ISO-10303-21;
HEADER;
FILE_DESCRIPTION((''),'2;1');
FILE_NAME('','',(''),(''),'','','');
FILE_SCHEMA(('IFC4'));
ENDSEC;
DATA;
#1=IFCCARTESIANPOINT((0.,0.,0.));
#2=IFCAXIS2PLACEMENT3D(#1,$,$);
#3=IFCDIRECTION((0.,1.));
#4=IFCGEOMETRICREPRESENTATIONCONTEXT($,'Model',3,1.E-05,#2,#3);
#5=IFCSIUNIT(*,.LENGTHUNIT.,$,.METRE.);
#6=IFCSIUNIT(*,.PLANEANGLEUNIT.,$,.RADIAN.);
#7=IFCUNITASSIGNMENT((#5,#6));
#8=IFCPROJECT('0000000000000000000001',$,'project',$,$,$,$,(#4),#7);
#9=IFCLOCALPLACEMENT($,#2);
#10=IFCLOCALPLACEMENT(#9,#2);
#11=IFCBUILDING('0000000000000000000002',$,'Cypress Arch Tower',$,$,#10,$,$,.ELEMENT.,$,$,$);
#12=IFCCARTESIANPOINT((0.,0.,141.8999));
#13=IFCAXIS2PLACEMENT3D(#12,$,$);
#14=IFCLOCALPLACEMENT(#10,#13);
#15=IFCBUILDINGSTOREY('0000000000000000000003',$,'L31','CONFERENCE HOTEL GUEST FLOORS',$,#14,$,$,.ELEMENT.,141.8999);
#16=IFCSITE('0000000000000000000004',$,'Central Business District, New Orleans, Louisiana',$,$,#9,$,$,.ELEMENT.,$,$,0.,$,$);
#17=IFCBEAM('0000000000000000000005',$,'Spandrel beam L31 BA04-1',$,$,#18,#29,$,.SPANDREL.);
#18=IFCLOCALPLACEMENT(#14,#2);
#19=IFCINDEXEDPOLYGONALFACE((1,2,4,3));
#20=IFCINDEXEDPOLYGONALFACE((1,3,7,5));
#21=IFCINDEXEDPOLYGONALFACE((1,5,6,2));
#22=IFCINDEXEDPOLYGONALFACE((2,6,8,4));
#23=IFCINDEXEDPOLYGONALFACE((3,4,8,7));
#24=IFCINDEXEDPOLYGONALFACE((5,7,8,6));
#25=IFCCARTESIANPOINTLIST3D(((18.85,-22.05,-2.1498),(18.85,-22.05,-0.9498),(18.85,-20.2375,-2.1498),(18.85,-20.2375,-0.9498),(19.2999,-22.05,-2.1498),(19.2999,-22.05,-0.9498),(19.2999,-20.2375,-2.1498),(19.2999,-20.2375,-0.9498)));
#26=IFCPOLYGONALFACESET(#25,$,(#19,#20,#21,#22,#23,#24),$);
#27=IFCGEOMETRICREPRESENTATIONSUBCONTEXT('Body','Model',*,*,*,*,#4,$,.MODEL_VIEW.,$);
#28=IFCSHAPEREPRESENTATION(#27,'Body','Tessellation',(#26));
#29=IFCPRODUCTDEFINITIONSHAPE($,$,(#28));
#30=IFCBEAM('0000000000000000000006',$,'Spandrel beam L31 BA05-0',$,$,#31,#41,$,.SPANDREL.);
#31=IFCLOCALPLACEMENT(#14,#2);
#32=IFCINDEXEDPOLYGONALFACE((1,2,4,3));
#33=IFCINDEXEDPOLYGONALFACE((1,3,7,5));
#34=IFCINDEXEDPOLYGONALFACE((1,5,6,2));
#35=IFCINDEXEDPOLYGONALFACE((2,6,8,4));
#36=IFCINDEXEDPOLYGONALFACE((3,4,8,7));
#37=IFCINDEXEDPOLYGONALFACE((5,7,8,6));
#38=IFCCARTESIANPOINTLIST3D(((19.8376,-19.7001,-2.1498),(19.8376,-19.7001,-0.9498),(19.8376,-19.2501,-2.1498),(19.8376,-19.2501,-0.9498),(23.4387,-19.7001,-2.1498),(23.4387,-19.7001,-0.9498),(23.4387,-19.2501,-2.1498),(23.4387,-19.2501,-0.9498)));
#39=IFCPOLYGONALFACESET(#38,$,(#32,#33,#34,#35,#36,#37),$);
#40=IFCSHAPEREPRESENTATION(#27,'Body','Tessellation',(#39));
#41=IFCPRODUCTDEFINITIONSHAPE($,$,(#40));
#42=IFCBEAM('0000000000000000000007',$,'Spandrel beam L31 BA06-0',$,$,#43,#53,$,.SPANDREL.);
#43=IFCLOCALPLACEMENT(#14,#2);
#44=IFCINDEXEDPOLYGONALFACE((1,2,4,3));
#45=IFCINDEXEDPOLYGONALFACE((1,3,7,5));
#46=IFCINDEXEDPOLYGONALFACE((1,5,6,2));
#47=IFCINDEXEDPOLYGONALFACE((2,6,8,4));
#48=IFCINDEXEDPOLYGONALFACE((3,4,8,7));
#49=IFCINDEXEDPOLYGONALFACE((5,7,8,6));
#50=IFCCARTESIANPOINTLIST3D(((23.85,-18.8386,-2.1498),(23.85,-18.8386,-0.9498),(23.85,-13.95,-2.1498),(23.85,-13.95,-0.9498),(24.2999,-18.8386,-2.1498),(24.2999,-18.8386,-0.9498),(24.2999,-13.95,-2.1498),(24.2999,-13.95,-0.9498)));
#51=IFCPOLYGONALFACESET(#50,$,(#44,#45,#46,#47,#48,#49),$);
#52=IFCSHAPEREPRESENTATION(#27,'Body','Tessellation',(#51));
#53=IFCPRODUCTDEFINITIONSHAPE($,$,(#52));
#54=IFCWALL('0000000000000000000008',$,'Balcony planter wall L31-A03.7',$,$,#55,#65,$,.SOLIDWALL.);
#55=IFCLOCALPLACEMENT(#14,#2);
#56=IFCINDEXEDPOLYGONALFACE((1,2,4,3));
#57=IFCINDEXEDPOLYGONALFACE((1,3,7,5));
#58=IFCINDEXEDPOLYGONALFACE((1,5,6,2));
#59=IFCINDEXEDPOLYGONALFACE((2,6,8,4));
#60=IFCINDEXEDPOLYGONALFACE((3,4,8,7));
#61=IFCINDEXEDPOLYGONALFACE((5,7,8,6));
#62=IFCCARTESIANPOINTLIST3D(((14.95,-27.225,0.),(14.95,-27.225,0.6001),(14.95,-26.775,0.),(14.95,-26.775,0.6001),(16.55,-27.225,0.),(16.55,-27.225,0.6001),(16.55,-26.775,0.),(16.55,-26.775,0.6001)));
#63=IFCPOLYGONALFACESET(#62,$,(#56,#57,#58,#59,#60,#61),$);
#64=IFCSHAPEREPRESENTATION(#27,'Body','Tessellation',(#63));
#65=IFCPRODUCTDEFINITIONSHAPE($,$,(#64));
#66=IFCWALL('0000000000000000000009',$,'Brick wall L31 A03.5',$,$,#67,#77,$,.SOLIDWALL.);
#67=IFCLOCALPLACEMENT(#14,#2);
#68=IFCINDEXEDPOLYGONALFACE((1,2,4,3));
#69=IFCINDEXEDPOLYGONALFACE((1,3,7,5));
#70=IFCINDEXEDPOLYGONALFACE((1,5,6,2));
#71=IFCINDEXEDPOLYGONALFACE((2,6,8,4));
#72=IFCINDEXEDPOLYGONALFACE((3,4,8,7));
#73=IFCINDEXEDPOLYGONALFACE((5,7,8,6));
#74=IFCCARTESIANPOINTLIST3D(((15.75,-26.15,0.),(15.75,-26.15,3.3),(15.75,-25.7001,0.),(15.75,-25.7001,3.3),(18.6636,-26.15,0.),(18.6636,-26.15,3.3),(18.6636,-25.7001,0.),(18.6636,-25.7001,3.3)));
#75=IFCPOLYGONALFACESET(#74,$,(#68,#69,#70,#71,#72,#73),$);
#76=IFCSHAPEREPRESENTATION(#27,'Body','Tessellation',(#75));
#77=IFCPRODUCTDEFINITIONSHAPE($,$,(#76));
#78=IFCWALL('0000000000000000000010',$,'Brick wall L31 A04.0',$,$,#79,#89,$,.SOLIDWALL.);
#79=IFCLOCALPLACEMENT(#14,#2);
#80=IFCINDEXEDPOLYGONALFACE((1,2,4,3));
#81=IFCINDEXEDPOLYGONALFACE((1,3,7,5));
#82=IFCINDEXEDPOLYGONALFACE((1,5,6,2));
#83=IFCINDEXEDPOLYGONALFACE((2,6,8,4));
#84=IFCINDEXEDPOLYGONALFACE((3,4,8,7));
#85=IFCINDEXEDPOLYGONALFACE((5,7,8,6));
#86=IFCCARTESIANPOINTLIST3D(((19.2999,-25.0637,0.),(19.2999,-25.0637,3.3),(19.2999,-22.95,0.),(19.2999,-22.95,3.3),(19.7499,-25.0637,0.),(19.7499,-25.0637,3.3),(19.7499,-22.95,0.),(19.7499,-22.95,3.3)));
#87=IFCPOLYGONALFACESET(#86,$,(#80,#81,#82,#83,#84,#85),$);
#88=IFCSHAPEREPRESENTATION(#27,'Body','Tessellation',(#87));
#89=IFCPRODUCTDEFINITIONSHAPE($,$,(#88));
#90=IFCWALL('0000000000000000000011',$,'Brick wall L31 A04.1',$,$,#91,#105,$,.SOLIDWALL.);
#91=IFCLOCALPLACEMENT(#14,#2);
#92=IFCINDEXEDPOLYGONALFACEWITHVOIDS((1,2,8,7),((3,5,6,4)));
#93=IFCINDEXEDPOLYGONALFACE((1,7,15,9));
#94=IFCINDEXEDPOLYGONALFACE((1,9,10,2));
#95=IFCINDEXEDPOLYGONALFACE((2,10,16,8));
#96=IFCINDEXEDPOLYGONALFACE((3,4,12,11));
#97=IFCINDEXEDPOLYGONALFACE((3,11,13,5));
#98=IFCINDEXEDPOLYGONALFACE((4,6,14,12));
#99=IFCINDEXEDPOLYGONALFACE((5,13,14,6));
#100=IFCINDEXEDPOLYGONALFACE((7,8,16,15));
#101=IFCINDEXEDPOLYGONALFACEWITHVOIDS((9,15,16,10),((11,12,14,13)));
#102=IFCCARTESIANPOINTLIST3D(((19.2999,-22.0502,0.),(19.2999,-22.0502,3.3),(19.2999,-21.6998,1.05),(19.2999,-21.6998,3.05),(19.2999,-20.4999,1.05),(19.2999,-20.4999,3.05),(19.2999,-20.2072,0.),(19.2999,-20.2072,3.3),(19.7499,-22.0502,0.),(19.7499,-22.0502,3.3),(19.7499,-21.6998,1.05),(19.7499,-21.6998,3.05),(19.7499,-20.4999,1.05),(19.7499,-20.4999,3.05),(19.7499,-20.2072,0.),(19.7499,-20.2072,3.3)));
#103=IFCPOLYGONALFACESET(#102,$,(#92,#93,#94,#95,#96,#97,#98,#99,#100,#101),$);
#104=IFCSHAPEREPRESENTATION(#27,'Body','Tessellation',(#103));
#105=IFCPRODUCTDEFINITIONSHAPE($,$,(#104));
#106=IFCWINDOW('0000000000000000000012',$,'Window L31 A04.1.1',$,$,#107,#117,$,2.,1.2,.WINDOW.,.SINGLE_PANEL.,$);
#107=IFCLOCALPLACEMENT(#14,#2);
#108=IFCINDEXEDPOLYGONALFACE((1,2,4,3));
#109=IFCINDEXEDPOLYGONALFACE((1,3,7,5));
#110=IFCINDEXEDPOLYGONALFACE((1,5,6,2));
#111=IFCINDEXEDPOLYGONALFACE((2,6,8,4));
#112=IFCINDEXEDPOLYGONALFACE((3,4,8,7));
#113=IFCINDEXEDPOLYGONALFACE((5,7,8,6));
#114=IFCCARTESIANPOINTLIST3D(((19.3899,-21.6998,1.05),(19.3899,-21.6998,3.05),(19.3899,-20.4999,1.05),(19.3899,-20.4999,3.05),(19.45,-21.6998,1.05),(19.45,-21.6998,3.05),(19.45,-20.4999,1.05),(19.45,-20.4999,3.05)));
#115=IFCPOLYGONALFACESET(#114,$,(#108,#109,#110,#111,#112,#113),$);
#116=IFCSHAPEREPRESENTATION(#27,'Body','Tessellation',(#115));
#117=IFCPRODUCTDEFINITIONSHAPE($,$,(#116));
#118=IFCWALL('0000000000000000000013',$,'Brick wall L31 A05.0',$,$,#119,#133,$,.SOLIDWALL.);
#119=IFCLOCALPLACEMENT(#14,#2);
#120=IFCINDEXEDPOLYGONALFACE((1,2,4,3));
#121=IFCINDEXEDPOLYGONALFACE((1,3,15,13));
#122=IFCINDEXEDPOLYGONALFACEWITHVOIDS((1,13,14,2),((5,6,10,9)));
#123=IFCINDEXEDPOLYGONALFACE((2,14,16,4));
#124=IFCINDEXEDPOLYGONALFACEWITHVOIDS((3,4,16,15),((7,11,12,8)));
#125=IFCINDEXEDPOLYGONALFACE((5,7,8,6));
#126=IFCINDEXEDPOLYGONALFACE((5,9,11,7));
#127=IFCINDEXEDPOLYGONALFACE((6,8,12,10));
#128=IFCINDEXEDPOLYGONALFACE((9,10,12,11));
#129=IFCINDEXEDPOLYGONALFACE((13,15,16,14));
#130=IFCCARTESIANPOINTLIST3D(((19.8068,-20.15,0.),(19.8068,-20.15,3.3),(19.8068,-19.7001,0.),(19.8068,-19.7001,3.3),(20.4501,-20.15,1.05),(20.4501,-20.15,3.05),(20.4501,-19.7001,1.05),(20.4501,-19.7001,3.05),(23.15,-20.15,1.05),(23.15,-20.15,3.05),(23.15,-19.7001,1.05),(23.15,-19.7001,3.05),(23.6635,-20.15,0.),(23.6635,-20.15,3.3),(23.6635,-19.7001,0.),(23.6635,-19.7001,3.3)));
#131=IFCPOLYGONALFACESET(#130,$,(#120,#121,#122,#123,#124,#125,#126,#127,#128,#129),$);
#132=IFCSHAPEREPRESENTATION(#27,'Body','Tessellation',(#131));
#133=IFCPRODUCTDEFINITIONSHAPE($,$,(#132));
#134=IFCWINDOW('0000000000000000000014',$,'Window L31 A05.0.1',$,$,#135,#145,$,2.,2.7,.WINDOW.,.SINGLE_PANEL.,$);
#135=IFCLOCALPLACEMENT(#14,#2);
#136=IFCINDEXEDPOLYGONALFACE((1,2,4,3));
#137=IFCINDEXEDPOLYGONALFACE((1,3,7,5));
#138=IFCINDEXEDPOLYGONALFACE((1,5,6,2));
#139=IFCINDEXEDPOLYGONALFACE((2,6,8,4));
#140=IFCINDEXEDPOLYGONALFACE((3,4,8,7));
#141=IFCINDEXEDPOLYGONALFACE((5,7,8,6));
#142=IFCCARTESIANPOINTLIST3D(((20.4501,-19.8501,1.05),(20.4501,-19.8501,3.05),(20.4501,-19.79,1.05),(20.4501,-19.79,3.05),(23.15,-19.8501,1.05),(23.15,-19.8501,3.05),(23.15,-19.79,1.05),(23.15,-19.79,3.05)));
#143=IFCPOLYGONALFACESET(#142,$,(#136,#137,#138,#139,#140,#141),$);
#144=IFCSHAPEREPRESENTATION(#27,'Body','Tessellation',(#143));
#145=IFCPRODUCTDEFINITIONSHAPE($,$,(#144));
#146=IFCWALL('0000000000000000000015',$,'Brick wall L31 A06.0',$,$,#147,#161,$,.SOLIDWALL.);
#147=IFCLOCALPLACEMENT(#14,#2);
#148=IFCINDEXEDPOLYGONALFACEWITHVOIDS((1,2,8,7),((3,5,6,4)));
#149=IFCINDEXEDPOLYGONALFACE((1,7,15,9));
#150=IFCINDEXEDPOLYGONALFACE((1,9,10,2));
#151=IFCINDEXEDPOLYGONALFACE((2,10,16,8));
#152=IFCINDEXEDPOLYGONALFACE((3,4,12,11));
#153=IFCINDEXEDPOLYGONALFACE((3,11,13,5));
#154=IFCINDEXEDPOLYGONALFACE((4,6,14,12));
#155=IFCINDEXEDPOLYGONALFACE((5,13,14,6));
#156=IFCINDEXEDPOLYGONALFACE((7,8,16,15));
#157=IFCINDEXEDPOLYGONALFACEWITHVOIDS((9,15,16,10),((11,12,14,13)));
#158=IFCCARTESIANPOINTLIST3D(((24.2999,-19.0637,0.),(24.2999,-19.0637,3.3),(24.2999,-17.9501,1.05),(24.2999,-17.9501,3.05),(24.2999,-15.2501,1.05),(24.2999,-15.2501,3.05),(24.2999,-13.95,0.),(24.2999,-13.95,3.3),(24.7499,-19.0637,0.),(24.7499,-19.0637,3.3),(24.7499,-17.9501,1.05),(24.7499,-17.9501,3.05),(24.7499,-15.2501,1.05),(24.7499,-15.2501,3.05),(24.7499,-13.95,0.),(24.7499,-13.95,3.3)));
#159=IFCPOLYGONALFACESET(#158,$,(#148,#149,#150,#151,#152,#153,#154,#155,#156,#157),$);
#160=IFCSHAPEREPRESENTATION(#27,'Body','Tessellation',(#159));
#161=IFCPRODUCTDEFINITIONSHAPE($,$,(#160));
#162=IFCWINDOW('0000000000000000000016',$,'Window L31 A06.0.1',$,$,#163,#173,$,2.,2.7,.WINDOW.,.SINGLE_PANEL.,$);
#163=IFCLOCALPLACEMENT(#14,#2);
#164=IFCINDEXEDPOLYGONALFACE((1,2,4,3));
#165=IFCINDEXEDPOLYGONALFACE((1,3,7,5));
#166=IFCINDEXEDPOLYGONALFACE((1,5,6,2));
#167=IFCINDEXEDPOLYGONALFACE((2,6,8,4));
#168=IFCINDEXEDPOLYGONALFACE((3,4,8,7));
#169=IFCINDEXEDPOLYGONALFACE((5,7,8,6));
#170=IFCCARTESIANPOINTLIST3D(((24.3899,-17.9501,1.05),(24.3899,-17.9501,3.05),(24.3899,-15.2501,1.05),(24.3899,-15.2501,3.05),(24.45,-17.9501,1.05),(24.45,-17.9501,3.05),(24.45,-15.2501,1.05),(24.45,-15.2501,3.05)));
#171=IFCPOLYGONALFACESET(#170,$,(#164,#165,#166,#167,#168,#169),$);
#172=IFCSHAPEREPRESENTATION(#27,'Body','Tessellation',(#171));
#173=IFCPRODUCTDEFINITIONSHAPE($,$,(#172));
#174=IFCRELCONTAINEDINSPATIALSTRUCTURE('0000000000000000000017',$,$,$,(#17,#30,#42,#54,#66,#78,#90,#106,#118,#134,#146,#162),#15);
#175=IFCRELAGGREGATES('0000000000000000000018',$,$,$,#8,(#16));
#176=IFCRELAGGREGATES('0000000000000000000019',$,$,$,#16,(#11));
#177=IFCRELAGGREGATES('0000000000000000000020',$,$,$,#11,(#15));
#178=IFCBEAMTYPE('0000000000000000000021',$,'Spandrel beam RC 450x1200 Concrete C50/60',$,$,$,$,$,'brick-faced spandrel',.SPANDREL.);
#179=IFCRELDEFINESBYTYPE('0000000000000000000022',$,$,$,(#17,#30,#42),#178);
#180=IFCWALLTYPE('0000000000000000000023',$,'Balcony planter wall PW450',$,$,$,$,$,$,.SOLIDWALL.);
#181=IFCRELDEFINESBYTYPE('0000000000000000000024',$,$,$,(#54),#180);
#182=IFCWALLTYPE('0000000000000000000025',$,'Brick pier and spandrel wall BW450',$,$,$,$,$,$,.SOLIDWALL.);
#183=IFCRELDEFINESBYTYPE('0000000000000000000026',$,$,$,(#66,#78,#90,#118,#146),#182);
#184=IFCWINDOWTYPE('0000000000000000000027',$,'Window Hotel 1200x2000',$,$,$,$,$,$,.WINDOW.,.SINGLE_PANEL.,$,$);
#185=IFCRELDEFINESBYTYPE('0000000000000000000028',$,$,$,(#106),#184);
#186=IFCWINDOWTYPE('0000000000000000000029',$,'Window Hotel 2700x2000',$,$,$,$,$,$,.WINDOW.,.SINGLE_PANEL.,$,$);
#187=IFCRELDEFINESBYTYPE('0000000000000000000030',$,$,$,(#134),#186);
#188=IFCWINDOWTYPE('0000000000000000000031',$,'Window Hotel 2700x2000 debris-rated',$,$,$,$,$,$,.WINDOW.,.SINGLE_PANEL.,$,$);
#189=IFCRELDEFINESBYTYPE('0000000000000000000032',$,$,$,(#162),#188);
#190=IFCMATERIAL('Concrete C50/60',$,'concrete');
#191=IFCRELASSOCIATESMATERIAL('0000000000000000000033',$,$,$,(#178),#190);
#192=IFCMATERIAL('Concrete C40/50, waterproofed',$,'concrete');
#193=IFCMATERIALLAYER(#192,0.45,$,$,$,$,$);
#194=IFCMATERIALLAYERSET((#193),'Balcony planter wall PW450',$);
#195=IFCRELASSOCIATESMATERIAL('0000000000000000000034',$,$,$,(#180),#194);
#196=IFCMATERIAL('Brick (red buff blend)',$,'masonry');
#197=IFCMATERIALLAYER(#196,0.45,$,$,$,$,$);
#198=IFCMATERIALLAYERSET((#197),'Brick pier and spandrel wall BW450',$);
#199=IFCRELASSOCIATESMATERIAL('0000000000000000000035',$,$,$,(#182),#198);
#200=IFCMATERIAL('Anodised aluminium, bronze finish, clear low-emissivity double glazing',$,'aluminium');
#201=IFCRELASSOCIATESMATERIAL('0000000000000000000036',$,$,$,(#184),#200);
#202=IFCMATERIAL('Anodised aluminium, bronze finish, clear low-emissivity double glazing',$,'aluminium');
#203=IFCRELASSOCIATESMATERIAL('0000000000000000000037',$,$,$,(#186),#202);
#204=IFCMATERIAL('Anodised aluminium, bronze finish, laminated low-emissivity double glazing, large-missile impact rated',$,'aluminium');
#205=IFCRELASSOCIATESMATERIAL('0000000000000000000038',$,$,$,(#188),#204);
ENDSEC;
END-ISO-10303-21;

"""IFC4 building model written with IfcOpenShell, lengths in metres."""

from ifc_helpers import new_model, si_unit, direction, frame, frame_2d, origin, origin_2d, place, context, subcontext, project, spatial, rectangle, extrude, material, layer, layer_set, material_profile, profile_set, type_object, element, fill, save


model = new_model("IFC4")

# Units and contexts
model_context = context("Model", 3, precision=1e-05, world=origin(), true_north=direction((0.0, 1.0)))
body_context = subcontext(model_context, "Body", "Model", "MODEL_VIEW")
ifc_project = project(units=[si_unit("LENGTHUNIT", "METRE"), si_unit("PLANEANGLEUNIT", "RADIAN")], contexts=[model_context])

# Site, building, storey
site_placement = place(None, origin())
site = spatial("IfcSite", under=ifc_project, at=site_placement, Name="Central Business District, New Orleans, Louisiana", CompositionType="ELEMENT", RefElevation=0.0)
building_placement = place(site_placement, origin())
building = spatial("IfcBuilding", under=site, at=building_placement, Name="Cypress Arch Tower", CompositionType="ELEMENT")
storey_placement = place(building_placement, frame((0.0, 0.0, 141.8999)))
storey = spatial("IfcBuildingStorey", under=building, at=storey_placement, Name="L31", Description="CONFERENCE HOTEL GUEST FLOORS", CompositionType="ELEMENT", Elevation=141.8999)

# Beams
ifc_material_1 = material(Name="Concrete C50/60", Category="concrete")
ifc_material_profile_1 = material_profile(ifc_material_1, rectangle(XDim=0.45, YDim=1.2, at=origin_2d()), Name="RC 450x1200")
ifc_profile_set_1 = profile_set([ifc_material_profile_1], Name="Concrete C50/60")
beam_type_1 = type_object("IfcBeamType", Name="Spandrel beam RC 450x1200 Concrete C50/60", ElementType="brick-faced spandrel", PredefinedType="SPANDREL", material=ifc_profile_set_1)
beam_1_placement = place(storey_placement, frame((19.075, -22.05, -1.5498), z_axis=(0.0, 1.0, 0.0), x_axis=(-1.0, 0.0, 0.0)))
element("IfcBeam", 1, at=beam_1_placement, inside=storey, type_object=beam_type_1, Name="Spandrel beam L31 BA04-1", PredefinedType="SPANDREL", context=body_context, shape_type="SweptSolid", body=[
    extrude(rectangle(XDim=0.45, YDim=1.2, at=origin_2d()), origin(), (0.0, 0.0, 1.0), 1.8125),
])
beam_2_placement = place(storey_placement, frame((19.8376, -19.4751, -1.5498), z_axis=(1.0, 0.0, 0.0), x_axis=(0.0, 1.0, 0.0)))
element("IfcBeam", 2, at=beam_2_placement, inside=storey, type_object=beam_type_1, Name="Spandrel beam L31 BA05-0", PredefinedType="SPANDREL", context=body_context, shape_type="SweptSolid", body=[
    extrude(rectangle(XDim=0.45, YDim=1.2, at=origin_2d()), origin(), (0.0, 0.0, 1.0), 3.6011),
])
beam_3_placement = place(storey_placement, frame((24.075, -18.8386, -1.5498), z_axis=(0.0, 1.0, 0.0), x_axis=(-1.0, 0.0, 0.0)))
element("IfcBeam", 3, at=beam_3_placement, inside=storey, type_object=beam_type_1, Name="Spandrel beam L31 BA06-0", PredefinedType="SPANDREL", context=body_context, shape_type="SweptSolid", body=[
    extrude(rectangle(XDim=0.45, YDim=1.2, at=origin_2d()), origin(), (0.0, 0.0, 1.0), 4.8887),
])

# Walls
ifc_material_2 = material(Name="Concrete C40/50, waterproofed", Category="concrete")
ifc_layer_1 = layer(ifc_material_2, 0.45)
ifc_layer_set_1 = layer_set([ifc_layer_1], Name="Balcony planter wall PW450")
wall_type_1 = type_object("IfcWallType", Name="Balcony planter wall PW450", PredefinedType="SOLIDWALL", material=ifc_layer_set_1)
wall_1_placement = place(storey_placement, frame((14.95, -27.0, 0.0), z_axis=(0.0, 0.0, 1.0), x_axis=(1.0, 0.0, 0.0)))
element("IfcWall", 4, at=wall_1_placement, inside=storey, type_object=wall_type_1, Name="Balcony planter wall L31-A03.7", PredefinedType="SOLIDWALL", context=body_context, shape_type="SweptSolid", body=[
    extrude(rectangle(XDim=1.6001, YDim=0.45, at=frame_2d((0.8, 0.0))), origin(), (0.0, 0.0, 1.0), 0.6001),
])
ifc_material_3 = material(Name="Brick (red buff blend)", Category="masonry")
ifc_layer_2 = layer(ifc_material_3, 0.45)
ifc_layer_set_2 = layer_set([ifc_layer_2], Name="Brick pier and spandrel wall BW450")
wall_type_2 = type_object("IfcWallType", Name="Brick pier and spandrel wall BW450", PredefinedType="SOLIDWALL", material=ifc_layer_set_2)
wall_2_placement = place(storey_placement, frame((15.75, -25.925, 0.0), z_axis=(0.0, 0.0, 1.0), x_axis=(1.0, 0.0, 0.0)))
element("IfcWall", 5, at=wall_2_placement, inside=storey, type_object=wall_type_2, Name="Brick wall L31 A03.5", PredefinedType="SOLIDWALL", context=body_context, shape_type="SweptSolid", body=[
    extrude(rectangle(XDim=2.9136, YDim=0.45, at=frame_2d((1.4568, 0.0))), origin(), (0.0, 0.0, 1.0), 3.3),
])
wall_3_placement = place(storey_placement, frame((19.5249, -25.0637, 0.0), z_axis=(0.0, 0.0, 1.0), x_axis=(0.0, 1.0, 0.0)))
element("IfcWall", 6, at=wall_3_placement, inside=storey, type_object=wall_type_2, Name="Brick wall L31 A04.0", PredefinedType="SOLIDWALL", context=body_context, shape_type="SweptSolid", body=[
    extrude(rectangle(XDim=2.1138, YDim=0.45, at=frame_2d((1.0569, 0.0))), origin(), (0.0, 0.0, 1.0), 3.3),
])

# Walls, openings, windows
wall_4_placement = place(storey_placement, frame((19.5249, -22.05, 0.0), z_axis=(0.0, 0.0, 1.0), x_axis=(0.0, 1.0, 0.0)))
wall_4 = element("IfcWall", 7, at=wall_4_placement, inside=storey, type_object=wall_type_2, Name="Brick wall L31 A04.1", PredefinedType="SOLIDWALL", context=body_context, shape_type="SweptSolid", body=[
    extrude(rectangle(XDim=1.843, YDim=0.45, at=frame_2d((0.9214, 0.0))), origin(), (0.0, 0.0, 1.0), 3.3),
])
opening_1_placement = place(wall_4_placement, frame((0.3501, 0.0, 1.05)))
opening_1 = element("IfcOpeningElement", 8, at=opening_1_placement, cuts=wall_4, PredefinedType="OPENING", context=body_context, shape_type="SweptSolid", body=[
    extrude(rectangle(XDim=1.2, YDim=2.0, at=frame_2d((0.6001, 1.0))), frame((0.0, 0.2349, 0.0), z_axis=(0.0, -1.0, 0.0), x_axis=(1.0, 0.0, 0.0)), (0.0, 0.0, 1.0), 0.47),
])
ifc_material_4 = material(Name="Anodised aluminium, bronze finish, clear low-emissivity double glazing", Category="aluminium")
window_type_1 = type_object("IfcWindowType", Name="Window Hotel 1200x2000", PartitioningType="SINGLE_PANEL", PredefinedType="WINDOW", material=ifc_material_4)
window_1_placement = place(opening_1_placement, origin())
window_1 = element("IfcWindow", 9, at=window_1_placement, inside=storey, type_object=window_type_1, Name="Window L31 A04.1.1", OverallHeight=2.0, OverallWidth=1.2, PartitioningType="SINGLE_PANEL", PredefinedType="WINDOW", context=body_context, shape_type="SweptSolid", body=[
    extrude(rectangle(XDim=1.2, YDim=2.0, at=frame_2d((0.6001, 1.0))), frame((0.0, 0.135, 0.0), z_axis=(0.0, -1.0, 0.0), x_axis=(1.0, 0.0, 0.0)), (0.0, 0.0, 1.0), 0.0601),
])
fill(opening_1, window_1)
wall_5_placement = place(storey_placement, frame((19.8069, -19.925, 0.0), z_axis=(0.0, 0.0, 1.0), x_axis=(1.0, 0.0, 0.0)))
wall_5 = element("IfcWall", 10, at=wall_5_placement, inside=storey, type_object=wall_type_2, Name="Brick wall L31 A05.0", PredefinedType="SOLIDWALL", context=body_context, shape_type="SweptSolid", body=[
    extrude(rectangle(XDim=3.8567, YDim=0.45, at=frame_2d((1.9282, 0.0))), origin(), (0.0, 0.0, 1.0), 3.3),
])
opening_2_placement = place(wall_5_placement, frame((0.6431, 0.0, 1.05)))
opening_2 = element("IfcOpeningElement", 11, at=opening_2_placement, cuts=wall_5, PredefinedType="OPENING", context=body_context, shape_type="SweptSolid", body=[
    extrude(rectangle(XDim=2.7, YDim=2.0, at=frame_2d((1.3501, 1.0))), frame((0.0, 0.2349, 0.0), z_axis=(0.0, -1.0, 0.0), x_axis=(1.0, 0.0, 0.0)), (0.0, 0.0, 1.0), 0.47),
])
ifc_material_5 = material(Name="Anodised aluminium, bronze finish, clear low-emissivity double glazing", Category="aluminium")
window_type_2 = type_object("IfcWindowType", Name="Window Hotel 2700x2000", PartitioningType="SINGLE_PANEL", PredefinedType="WINDOW", material=ifc_material_5)
window_2_placement = place(opening_2_placement, origin())
window_2 = element("IfcWindow", 12, at=window_2_placement, inside=storey, type_object=window_type_2, Name="Window L31 A05.0.1", OverallHeight=2.0, OverallWidth=2.7, PartitioningType="SINGLE_PANEL", PredefinedType="WINDOW", context=body_context, shape_type="SweptSolid", body=[
    extrude(rectangle(XDim=2.7, YDim=2.0, at=frame_2d((1.3501, 1.0))), frame((0.0, 0.135, 0.0), z_axis=(0.0, -1.0, 0.0), x_axis=(1.0, 0.0, 0.0)), (0.0, 0.0, 1.0), 0.0601),
])
fill(opening_2, window_2)
wall_6_placement = place(storey_placement, frame((24.5249, -19.0637, 0.0), z_axis=(0.0, 0.0, 1.0), x_axis=(0.0, 1.0, 0.0)))
wall_6 = element("IfcWall", 13, at=wall_6_placement, inside=storey, type_object=wall_type_2, Name="Brick wall L31 A06.0", PredefinedType="SOLIDWALL", context=body_context, shape_type="SweptSolid", body=[
    extrude(rectangle(XDim=5.1138, YDim=0.45, at=frame_2d((2.5569, 0.0))), origin(), (0.0, 0.0, 1.0), 3.3),
])
opening_3_placement = place(wall_6_placement, frame((1.1135, 0.0, 1.05)))
opening_3 = element("IfcOpeningElement", 14, at=opening_3_placement, cuts=wall_6, PredefinedType="OPENING", context=body_context, shape_type="SweptSolid", body=[
    extrude(rectangle(XDim=2.7, YDim=2.0, at=frame_2d((1.3501, 1.0))), frame((0.0, 0.2349, 0.0), z_axis=(0.0, -1.0, 0.0), x_axis=(1.0, 0.0, 0.0)), (0.0, 0.0, 1.0), 0.47),
])
ifc_material_6 = material(Name="Anodised aluminium, bronze finish, laminated low-emissivity double glazing, large-missile impact rated", Category="aluminium")
window_type_3 = type_object("IfcWindowType", Name="Window Hotel 2700x2000 debris-rated", PartitioningType="SINGLE_PANEL", PredefinedType="WINDOW", material=ifc_material_6)
window_3_placement = place(opening_3_placement, origin())
window_3 = element("IfcWindow", 15, at=window_3_placement, inside=storey, type_object=window_type_3, Name="Window L31 A06.0.1", OverallHeight=2.0, OverallWidth=2.7, PartitioningType="SINGLE_PANEL", PredefinedType="WINDOW", context=body_context, shape_type="SweptSolid", body=[
    extrude(rectangle(XDim=2.7, YDim=2.0, at=frame_2d((1.3501, 1.0))), frame((0.0, 0.135, 0.0), z_axis=(0.0, -1.0, 0.0), x_axis=(1.0, 0.0, 0.0)), (0.0, 0.0, 1.0), 0.0601),
])
fill(opening_3, window_3)

save(model, "model.ifc")
